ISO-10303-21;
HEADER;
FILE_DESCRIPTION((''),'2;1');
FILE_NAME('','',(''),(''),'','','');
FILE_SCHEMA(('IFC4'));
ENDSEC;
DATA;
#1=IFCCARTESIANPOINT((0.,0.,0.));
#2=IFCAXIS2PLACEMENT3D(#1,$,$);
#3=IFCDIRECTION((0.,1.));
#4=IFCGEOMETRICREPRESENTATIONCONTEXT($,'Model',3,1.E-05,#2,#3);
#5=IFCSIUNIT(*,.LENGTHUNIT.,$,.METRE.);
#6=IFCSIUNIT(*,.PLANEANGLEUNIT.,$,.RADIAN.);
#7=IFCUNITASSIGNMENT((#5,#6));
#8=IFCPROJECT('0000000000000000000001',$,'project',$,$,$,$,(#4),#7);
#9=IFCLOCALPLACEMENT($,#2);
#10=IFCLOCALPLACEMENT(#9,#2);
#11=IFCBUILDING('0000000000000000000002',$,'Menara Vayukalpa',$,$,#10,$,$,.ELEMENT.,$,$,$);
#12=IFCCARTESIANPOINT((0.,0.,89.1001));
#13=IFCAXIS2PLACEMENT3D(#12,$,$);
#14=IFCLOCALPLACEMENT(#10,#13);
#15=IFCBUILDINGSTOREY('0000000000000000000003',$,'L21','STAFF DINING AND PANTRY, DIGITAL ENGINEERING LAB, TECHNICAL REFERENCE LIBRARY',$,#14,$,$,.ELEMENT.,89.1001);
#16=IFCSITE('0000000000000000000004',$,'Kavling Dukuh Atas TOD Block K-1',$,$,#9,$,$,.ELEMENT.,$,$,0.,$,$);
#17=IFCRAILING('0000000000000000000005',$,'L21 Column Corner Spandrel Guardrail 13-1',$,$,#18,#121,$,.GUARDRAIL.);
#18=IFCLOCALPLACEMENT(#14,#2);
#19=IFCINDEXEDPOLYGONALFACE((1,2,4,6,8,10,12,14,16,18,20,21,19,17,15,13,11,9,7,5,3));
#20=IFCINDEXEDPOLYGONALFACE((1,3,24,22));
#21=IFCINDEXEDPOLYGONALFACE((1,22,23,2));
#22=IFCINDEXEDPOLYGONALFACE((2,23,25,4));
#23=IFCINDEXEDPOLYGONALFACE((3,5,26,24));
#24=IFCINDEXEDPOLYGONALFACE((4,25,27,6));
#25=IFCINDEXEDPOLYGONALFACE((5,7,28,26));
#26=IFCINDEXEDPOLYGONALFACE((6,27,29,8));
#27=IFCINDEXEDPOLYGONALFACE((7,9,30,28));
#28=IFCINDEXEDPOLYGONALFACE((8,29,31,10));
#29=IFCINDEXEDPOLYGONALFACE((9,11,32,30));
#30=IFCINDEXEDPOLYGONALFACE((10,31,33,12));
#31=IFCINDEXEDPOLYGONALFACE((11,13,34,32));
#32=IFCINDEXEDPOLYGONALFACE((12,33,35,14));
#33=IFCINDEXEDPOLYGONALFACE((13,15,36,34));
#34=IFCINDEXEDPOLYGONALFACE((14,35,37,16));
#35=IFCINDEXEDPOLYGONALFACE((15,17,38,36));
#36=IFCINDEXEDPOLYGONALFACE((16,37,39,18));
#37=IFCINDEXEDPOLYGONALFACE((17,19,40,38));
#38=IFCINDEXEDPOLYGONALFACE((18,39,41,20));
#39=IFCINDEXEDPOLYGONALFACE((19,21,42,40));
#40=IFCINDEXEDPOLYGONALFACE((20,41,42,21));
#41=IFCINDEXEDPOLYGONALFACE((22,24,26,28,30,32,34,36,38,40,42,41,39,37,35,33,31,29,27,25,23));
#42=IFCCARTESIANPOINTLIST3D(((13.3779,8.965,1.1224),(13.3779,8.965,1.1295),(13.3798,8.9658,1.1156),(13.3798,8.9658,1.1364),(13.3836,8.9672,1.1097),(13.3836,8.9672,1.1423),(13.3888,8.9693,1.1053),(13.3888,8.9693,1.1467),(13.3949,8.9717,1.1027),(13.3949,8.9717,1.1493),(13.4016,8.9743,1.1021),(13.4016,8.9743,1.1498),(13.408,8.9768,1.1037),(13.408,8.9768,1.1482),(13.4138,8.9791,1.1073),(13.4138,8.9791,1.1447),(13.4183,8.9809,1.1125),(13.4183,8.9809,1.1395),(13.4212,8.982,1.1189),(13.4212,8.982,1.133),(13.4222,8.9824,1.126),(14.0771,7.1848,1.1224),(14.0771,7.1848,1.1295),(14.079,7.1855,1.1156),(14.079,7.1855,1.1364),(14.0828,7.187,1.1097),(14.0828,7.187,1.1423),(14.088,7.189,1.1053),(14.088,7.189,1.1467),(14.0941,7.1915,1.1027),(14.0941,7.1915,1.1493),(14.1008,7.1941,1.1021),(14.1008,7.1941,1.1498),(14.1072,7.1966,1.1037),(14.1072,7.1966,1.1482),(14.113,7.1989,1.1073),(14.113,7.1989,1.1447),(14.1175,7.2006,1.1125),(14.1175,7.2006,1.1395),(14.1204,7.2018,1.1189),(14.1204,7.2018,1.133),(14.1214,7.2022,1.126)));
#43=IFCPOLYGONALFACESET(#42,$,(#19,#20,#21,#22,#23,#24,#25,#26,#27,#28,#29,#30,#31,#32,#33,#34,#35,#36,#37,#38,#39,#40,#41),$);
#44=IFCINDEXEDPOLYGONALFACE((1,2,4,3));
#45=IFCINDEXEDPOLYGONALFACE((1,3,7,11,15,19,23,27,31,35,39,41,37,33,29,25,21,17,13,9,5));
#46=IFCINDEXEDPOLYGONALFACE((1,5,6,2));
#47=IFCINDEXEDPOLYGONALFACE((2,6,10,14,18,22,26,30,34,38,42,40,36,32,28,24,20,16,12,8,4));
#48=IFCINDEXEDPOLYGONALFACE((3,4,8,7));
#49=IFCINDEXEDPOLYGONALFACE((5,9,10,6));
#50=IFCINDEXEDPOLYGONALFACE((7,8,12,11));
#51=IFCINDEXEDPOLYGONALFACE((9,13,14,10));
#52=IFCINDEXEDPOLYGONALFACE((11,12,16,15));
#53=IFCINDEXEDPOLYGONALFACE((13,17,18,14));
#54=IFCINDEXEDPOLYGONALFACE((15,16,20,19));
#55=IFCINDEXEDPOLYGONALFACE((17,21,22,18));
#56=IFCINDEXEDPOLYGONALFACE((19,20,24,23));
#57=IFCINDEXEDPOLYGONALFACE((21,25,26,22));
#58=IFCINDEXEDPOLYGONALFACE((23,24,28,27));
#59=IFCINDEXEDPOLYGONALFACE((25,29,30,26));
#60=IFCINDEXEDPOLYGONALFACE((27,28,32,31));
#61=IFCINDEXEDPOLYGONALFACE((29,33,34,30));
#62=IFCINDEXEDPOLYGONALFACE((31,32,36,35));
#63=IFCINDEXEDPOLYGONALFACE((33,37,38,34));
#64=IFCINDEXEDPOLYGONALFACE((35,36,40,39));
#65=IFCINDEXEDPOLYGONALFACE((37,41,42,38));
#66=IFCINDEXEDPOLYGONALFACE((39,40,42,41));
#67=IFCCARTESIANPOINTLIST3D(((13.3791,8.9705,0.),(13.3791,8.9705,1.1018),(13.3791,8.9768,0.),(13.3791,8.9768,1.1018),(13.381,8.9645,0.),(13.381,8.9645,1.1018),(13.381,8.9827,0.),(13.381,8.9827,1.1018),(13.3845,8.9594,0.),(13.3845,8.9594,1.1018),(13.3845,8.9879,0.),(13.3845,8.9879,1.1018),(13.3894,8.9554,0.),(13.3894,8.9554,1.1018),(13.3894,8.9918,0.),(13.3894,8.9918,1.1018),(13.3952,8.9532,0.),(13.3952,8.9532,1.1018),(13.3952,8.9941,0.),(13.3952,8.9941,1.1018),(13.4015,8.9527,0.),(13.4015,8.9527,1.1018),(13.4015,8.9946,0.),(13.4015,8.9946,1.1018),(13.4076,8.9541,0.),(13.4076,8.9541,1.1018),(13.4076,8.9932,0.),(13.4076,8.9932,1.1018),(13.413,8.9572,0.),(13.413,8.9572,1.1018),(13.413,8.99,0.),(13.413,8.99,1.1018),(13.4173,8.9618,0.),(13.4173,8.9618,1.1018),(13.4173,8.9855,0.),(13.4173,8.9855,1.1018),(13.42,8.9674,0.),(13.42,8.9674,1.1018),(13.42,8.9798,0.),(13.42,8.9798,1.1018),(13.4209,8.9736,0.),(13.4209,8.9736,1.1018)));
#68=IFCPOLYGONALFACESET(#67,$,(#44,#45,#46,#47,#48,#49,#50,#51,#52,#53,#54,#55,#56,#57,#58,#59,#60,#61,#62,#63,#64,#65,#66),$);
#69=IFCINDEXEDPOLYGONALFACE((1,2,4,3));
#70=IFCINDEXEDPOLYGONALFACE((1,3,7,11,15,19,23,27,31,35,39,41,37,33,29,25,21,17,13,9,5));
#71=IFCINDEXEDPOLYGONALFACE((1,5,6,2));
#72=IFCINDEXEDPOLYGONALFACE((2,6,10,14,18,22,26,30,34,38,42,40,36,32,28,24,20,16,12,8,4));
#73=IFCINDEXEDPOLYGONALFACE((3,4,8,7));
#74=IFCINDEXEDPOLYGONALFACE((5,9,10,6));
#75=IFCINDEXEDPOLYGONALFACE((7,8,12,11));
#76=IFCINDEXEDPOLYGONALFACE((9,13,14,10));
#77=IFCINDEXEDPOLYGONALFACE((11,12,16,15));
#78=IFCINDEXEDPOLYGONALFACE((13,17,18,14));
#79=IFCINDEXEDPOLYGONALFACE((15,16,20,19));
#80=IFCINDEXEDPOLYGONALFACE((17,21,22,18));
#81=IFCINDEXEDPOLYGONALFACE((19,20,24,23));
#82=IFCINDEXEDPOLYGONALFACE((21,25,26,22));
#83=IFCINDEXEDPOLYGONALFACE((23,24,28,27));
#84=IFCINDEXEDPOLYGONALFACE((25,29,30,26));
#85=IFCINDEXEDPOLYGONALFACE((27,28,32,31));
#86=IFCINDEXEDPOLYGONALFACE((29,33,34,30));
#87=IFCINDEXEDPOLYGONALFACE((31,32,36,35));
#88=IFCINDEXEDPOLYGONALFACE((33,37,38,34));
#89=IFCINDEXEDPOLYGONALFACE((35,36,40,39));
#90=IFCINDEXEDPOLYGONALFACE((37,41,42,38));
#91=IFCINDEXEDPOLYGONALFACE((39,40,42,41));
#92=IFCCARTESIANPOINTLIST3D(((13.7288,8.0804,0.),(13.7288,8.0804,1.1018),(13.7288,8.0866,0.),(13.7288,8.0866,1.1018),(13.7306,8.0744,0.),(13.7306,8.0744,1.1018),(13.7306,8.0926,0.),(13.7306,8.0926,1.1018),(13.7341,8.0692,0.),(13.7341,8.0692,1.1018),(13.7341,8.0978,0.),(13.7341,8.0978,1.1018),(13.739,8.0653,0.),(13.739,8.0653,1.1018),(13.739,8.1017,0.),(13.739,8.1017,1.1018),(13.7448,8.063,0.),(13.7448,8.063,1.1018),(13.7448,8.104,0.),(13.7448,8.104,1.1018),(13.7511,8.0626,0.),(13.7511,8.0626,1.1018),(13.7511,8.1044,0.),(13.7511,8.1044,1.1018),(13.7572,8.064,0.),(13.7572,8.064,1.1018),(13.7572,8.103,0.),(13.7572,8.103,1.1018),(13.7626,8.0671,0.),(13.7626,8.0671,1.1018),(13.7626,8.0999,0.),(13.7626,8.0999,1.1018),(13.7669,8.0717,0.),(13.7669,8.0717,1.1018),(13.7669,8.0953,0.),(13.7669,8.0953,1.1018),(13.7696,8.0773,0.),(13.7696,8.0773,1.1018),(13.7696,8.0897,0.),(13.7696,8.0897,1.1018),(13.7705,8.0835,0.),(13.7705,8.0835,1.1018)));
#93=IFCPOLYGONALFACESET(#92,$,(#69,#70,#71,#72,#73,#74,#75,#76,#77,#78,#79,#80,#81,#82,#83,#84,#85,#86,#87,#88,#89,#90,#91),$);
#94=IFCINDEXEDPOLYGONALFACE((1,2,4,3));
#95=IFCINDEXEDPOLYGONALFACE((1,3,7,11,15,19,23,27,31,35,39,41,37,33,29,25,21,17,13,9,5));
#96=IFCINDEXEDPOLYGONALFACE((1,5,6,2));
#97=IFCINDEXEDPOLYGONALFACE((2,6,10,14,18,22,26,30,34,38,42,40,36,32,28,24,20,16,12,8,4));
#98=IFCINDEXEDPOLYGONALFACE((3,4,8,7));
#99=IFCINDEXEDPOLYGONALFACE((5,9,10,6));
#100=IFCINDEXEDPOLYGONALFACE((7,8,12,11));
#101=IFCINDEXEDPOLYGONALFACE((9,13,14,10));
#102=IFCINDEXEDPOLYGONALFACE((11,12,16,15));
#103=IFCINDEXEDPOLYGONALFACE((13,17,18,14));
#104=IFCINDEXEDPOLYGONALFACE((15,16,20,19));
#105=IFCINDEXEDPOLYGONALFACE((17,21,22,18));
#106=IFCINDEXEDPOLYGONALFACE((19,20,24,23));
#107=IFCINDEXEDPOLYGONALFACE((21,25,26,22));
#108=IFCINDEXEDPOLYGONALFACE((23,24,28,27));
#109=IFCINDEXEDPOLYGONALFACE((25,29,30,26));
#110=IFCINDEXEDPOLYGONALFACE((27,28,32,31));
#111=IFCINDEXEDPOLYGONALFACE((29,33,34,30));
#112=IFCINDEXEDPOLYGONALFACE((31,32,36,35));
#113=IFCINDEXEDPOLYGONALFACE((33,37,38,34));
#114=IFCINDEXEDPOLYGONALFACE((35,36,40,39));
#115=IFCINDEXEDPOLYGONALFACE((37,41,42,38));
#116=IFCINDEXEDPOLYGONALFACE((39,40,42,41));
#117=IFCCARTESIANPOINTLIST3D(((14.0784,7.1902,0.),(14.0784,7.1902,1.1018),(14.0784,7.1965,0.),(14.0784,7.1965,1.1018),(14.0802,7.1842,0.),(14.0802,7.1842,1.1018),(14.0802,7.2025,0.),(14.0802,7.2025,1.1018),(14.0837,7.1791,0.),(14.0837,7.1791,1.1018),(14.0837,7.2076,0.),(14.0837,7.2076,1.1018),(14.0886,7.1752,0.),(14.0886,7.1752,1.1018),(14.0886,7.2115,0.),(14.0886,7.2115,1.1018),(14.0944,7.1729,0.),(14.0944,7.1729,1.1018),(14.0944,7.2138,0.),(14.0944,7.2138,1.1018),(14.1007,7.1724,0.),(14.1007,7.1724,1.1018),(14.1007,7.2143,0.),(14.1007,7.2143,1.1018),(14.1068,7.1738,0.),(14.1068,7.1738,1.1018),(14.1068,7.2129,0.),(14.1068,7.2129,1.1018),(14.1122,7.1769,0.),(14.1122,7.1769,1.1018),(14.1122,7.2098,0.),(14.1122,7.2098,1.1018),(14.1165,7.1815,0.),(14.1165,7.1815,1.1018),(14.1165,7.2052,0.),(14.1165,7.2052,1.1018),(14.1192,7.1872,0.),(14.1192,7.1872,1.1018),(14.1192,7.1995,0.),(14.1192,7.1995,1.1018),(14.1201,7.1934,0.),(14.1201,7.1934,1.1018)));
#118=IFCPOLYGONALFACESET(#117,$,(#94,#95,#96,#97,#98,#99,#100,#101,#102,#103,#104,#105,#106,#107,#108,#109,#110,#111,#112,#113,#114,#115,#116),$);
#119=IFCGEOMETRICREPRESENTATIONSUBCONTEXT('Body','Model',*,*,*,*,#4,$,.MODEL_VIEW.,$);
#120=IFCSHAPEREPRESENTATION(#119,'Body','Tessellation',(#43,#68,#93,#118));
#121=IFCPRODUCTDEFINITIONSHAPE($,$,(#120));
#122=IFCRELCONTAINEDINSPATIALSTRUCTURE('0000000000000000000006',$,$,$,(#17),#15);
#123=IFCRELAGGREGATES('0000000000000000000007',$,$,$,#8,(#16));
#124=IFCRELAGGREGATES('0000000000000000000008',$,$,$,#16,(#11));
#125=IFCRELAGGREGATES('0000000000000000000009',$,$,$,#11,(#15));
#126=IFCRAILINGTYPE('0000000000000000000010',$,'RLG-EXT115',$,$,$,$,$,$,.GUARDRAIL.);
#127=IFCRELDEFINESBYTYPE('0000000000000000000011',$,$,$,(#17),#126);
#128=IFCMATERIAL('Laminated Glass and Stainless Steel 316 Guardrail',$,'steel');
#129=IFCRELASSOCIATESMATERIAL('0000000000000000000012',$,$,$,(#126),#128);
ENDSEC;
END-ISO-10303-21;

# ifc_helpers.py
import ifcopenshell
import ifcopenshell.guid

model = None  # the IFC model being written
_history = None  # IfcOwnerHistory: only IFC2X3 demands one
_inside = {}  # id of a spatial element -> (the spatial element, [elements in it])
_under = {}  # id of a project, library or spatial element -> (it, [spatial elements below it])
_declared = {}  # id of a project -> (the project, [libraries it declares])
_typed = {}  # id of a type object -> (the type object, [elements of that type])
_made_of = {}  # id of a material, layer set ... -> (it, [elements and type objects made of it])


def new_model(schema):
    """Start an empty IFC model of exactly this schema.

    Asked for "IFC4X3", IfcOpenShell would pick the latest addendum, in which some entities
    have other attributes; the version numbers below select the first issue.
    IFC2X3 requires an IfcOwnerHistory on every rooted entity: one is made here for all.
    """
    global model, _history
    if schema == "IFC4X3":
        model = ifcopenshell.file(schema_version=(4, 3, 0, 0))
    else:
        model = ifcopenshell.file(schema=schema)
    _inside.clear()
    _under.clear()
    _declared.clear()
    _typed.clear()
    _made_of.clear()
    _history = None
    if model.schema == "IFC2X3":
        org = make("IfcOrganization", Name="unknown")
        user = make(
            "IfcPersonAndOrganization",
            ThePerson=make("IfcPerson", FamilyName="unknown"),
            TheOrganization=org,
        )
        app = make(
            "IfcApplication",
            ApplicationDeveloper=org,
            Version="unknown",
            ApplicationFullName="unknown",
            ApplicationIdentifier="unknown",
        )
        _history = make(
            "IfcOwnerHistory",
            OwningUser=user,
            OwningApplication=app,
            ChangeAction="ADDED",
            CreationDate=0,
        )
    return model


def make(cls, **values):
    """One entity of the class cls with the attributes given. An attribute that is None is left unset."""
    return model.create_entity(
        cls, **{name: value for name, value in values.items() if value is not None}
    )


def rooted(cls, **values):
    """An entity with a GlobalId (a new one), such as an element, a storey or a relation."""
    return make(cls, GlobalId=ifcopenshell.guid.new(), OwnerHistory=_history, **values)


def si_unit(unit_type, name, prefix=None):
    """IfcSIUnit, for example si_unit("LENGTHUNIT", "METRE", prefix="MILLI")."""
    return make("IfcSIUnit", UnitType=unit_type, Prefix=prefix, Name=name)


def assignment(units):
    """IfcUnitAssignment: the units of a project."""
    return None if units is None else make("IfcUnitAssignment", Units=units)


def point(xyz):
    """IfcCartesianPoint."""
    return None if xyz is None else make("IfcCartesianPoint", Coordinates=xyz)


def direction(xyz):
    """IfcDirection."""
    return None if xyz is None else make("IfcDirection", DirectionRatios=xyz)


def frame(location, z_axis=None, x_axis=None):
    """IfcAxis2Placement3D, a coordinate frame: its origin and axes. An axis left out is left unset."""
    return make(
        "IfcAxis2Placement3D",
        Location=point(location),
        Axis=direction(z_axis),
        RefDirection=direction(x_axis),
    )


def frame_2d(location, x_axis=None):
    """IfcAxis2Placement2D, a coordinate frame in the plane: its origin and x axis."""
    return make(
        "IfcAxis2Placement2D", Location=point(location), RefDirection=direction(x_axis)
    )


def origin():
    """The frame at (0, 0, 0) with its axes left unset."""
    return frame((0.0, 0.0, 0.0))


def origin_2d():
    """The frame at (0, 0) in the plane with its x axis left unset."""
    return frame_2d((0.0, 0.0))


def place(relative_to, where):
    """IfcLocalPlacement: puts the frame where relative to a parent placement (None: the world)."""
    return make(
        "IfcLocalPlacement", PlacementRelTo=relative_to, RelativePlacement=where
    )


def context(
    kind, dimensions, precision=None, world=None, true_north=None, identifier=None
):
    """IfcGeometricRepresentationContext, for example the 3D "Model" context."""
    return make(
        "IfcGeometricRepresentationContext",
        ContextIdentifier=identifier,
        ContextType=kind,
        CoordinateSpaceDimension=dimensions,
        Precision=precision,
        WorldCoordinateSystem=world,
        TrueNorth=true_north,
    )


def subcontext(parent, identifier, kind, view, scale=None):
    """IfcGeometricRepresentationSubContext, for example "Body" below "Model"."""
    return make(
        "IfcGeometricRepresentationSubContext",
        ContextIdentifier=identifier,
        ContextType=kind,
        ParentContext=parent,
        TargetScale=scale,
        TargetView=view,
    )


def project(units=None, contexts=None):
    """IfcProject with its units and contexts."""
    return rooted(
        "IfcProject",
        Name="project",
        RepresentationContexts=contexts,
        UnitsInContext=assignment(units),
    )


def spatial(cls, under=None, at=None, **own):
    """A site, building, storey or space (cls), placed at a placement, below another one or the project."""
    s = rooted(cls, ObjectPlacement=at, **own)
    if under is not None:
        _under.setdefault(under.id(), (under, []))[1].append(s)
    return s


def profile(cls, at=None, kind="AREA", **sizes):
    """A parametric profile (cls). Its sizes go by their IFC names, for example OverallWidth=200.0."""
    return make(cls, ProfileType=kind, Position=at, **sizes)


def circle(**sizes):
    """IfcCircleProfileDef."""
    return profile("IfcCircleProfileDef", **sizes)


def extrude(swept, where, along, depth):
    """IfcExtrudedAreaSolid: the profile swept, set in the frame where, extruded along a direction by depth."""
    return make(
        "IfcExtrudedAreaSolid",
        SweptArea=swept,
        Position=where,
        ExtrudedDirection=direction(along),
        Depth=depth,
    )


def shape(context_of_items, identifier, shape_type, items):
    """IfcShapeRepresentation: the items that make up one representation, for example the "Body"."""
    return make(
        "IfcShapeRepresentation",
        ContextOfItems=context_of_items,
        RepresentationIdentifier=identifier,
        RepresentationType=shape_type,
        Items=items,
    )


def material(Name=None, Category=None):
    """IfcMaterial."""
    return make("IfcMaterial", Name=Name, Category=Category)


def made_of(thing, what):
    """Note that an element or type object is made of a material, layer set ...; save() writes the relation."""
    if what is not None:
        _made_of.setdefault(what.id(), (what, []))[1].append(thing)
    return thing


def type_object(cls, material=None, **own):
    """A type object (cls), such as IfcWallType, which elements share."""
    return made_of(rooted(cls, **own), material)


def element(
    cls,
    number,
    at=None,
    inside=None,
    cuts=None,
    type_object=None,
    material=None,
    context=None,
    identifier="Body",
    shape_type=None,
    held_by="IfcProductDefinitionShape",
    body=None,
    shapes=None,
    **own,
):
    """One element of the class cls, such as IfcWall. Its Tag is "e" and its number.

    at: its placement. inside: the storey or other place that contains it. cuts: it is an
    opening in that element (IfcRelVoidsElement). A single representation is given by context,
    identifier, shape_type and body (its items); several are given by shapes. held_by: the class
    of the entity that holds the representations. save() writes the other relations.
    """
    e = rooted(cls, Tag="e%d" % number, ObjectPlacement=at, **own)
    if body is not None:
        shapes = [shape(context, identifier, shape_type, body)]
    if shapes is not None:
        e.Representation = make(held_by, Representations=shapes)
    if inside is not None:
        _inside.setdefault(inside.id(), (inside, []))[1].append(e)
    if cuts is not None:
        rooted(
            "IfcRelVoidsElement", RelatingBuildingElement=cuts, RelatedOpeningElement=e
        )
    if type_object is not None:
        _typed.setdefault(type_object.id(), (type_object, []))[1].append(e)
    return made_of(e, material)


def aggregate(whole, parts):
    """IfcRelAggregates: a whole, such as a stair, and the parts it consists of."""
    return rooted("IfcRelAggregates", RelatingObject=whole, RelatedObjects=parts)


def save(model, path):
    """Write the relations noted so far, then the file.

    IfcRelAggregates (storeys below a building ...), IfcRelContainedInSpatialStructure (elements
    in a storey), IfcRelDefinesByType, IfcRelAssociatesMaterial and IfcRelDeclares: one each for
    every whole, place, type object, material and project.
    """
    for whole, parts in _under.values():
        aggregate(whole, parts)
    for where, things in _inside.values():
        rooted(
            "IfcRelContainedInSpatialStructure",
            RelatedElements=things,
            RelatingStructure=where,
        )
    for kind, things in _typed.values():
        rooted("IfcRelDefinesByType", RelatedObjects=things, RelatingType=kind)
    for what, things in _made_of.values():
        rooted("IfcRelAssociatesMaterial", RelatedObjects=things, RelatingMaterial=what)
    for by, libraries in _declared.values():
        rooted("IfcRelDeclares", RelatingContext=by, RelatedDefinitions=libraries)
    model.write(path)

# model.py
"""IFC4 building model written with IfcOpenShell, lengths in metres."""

from ifc_helpers import new_model, si_unit, direction, frame, origin, origin_2d, place, context, subcontext, project, spatial, circle, extrude, material, type_object, element, save


model = new_model("IFC4")

# Units and contexts
model_context = context("Model", 3, precision=1e-05, world=origin(), true_north=direction((0.0, 1.0)))
body_context = subcontext(model_context, "Body", "Model", "MODEL_VIEW")
ifc_project = project(units=[si_unit("LENGTHUNIT", "METRE"), si_unit("PLANEANGLEUNIT", "RADIAN")], contexts=[model_context])

# Site, building, storey
site_placement = place(None, origin())
site = spatial("IfcSite", under=ifc_project, at=site_placement, Name="Kavling Dukuh Atas TOD Block K-1", CompositionType="ELEMENT", RefElevation=0.0)
building_placement = place(site_placement, origin())
building = spatial("IfcBuilding", under=site, at=building_placement, Name="Menara Vayukalpa", CompositionType="ELEMENT")
storey_placement = place(building_placement, frame((0.0, 0.0, 89.1001)))
storey = spatial("IfcBuildingStorey", under=building, at=storey_placement, Name="L21", Description="STAFF DINING AND PANTRY, DIGITAL ENGINEERING LAB, TECHNICAL REFERENCE LIBRARY", CompositionType="ELEMENT", Elevation=89.1001)

# Railing
ifc_material_1 = material(Name="Laminated Glass and Stainless Steel 316 Guardrail", Category="steel")
railing_type = type_object("IfcRailingType", Name="RLG-EXT115", PredefinedType="GUARDRAIL", material=ifc_material_1)
railing_1_placement = place(storey_placement, frame((13.3999, 8.9736, 0.0)))
element("IfcRailing", 1, at=railing_1_placement, inside=storey, type_object=railing_type, Name="L21 Column Corner Spandrel Guardrail 13-1", PredefinedType="GUARDRAIL", context=body_context, shape_type="SweptSolid", body=[
    extrude(circle(Radius=0.0239, at=origin_2d()), frame((0.0, 0.0, 1.126), z_axis=(0.365573, -0.930783, 0.0), x_axis=(0.930783, 0.365573, 0.0)), (0.0, 0.0, 1.0), 1.9126),
    extrude(circle(Radius=0.021, at=origin_2d()), origin(), (0.0, 0.0, 1.0), 1.1018),
    extrude(circle(Radius=0.021, at=origin_2d()), frame((0.3496, -0.8901, 0.0)), (0.0, 0.0, 1.0), 1.1018),
    extrude(circle(Radius=0.021, at=origin_2d()), frame((0.6992, -1.7803, 0.0)), (0.0, 0.0, 1.0), 1.1018),
])

save(model, "model.ifc")
